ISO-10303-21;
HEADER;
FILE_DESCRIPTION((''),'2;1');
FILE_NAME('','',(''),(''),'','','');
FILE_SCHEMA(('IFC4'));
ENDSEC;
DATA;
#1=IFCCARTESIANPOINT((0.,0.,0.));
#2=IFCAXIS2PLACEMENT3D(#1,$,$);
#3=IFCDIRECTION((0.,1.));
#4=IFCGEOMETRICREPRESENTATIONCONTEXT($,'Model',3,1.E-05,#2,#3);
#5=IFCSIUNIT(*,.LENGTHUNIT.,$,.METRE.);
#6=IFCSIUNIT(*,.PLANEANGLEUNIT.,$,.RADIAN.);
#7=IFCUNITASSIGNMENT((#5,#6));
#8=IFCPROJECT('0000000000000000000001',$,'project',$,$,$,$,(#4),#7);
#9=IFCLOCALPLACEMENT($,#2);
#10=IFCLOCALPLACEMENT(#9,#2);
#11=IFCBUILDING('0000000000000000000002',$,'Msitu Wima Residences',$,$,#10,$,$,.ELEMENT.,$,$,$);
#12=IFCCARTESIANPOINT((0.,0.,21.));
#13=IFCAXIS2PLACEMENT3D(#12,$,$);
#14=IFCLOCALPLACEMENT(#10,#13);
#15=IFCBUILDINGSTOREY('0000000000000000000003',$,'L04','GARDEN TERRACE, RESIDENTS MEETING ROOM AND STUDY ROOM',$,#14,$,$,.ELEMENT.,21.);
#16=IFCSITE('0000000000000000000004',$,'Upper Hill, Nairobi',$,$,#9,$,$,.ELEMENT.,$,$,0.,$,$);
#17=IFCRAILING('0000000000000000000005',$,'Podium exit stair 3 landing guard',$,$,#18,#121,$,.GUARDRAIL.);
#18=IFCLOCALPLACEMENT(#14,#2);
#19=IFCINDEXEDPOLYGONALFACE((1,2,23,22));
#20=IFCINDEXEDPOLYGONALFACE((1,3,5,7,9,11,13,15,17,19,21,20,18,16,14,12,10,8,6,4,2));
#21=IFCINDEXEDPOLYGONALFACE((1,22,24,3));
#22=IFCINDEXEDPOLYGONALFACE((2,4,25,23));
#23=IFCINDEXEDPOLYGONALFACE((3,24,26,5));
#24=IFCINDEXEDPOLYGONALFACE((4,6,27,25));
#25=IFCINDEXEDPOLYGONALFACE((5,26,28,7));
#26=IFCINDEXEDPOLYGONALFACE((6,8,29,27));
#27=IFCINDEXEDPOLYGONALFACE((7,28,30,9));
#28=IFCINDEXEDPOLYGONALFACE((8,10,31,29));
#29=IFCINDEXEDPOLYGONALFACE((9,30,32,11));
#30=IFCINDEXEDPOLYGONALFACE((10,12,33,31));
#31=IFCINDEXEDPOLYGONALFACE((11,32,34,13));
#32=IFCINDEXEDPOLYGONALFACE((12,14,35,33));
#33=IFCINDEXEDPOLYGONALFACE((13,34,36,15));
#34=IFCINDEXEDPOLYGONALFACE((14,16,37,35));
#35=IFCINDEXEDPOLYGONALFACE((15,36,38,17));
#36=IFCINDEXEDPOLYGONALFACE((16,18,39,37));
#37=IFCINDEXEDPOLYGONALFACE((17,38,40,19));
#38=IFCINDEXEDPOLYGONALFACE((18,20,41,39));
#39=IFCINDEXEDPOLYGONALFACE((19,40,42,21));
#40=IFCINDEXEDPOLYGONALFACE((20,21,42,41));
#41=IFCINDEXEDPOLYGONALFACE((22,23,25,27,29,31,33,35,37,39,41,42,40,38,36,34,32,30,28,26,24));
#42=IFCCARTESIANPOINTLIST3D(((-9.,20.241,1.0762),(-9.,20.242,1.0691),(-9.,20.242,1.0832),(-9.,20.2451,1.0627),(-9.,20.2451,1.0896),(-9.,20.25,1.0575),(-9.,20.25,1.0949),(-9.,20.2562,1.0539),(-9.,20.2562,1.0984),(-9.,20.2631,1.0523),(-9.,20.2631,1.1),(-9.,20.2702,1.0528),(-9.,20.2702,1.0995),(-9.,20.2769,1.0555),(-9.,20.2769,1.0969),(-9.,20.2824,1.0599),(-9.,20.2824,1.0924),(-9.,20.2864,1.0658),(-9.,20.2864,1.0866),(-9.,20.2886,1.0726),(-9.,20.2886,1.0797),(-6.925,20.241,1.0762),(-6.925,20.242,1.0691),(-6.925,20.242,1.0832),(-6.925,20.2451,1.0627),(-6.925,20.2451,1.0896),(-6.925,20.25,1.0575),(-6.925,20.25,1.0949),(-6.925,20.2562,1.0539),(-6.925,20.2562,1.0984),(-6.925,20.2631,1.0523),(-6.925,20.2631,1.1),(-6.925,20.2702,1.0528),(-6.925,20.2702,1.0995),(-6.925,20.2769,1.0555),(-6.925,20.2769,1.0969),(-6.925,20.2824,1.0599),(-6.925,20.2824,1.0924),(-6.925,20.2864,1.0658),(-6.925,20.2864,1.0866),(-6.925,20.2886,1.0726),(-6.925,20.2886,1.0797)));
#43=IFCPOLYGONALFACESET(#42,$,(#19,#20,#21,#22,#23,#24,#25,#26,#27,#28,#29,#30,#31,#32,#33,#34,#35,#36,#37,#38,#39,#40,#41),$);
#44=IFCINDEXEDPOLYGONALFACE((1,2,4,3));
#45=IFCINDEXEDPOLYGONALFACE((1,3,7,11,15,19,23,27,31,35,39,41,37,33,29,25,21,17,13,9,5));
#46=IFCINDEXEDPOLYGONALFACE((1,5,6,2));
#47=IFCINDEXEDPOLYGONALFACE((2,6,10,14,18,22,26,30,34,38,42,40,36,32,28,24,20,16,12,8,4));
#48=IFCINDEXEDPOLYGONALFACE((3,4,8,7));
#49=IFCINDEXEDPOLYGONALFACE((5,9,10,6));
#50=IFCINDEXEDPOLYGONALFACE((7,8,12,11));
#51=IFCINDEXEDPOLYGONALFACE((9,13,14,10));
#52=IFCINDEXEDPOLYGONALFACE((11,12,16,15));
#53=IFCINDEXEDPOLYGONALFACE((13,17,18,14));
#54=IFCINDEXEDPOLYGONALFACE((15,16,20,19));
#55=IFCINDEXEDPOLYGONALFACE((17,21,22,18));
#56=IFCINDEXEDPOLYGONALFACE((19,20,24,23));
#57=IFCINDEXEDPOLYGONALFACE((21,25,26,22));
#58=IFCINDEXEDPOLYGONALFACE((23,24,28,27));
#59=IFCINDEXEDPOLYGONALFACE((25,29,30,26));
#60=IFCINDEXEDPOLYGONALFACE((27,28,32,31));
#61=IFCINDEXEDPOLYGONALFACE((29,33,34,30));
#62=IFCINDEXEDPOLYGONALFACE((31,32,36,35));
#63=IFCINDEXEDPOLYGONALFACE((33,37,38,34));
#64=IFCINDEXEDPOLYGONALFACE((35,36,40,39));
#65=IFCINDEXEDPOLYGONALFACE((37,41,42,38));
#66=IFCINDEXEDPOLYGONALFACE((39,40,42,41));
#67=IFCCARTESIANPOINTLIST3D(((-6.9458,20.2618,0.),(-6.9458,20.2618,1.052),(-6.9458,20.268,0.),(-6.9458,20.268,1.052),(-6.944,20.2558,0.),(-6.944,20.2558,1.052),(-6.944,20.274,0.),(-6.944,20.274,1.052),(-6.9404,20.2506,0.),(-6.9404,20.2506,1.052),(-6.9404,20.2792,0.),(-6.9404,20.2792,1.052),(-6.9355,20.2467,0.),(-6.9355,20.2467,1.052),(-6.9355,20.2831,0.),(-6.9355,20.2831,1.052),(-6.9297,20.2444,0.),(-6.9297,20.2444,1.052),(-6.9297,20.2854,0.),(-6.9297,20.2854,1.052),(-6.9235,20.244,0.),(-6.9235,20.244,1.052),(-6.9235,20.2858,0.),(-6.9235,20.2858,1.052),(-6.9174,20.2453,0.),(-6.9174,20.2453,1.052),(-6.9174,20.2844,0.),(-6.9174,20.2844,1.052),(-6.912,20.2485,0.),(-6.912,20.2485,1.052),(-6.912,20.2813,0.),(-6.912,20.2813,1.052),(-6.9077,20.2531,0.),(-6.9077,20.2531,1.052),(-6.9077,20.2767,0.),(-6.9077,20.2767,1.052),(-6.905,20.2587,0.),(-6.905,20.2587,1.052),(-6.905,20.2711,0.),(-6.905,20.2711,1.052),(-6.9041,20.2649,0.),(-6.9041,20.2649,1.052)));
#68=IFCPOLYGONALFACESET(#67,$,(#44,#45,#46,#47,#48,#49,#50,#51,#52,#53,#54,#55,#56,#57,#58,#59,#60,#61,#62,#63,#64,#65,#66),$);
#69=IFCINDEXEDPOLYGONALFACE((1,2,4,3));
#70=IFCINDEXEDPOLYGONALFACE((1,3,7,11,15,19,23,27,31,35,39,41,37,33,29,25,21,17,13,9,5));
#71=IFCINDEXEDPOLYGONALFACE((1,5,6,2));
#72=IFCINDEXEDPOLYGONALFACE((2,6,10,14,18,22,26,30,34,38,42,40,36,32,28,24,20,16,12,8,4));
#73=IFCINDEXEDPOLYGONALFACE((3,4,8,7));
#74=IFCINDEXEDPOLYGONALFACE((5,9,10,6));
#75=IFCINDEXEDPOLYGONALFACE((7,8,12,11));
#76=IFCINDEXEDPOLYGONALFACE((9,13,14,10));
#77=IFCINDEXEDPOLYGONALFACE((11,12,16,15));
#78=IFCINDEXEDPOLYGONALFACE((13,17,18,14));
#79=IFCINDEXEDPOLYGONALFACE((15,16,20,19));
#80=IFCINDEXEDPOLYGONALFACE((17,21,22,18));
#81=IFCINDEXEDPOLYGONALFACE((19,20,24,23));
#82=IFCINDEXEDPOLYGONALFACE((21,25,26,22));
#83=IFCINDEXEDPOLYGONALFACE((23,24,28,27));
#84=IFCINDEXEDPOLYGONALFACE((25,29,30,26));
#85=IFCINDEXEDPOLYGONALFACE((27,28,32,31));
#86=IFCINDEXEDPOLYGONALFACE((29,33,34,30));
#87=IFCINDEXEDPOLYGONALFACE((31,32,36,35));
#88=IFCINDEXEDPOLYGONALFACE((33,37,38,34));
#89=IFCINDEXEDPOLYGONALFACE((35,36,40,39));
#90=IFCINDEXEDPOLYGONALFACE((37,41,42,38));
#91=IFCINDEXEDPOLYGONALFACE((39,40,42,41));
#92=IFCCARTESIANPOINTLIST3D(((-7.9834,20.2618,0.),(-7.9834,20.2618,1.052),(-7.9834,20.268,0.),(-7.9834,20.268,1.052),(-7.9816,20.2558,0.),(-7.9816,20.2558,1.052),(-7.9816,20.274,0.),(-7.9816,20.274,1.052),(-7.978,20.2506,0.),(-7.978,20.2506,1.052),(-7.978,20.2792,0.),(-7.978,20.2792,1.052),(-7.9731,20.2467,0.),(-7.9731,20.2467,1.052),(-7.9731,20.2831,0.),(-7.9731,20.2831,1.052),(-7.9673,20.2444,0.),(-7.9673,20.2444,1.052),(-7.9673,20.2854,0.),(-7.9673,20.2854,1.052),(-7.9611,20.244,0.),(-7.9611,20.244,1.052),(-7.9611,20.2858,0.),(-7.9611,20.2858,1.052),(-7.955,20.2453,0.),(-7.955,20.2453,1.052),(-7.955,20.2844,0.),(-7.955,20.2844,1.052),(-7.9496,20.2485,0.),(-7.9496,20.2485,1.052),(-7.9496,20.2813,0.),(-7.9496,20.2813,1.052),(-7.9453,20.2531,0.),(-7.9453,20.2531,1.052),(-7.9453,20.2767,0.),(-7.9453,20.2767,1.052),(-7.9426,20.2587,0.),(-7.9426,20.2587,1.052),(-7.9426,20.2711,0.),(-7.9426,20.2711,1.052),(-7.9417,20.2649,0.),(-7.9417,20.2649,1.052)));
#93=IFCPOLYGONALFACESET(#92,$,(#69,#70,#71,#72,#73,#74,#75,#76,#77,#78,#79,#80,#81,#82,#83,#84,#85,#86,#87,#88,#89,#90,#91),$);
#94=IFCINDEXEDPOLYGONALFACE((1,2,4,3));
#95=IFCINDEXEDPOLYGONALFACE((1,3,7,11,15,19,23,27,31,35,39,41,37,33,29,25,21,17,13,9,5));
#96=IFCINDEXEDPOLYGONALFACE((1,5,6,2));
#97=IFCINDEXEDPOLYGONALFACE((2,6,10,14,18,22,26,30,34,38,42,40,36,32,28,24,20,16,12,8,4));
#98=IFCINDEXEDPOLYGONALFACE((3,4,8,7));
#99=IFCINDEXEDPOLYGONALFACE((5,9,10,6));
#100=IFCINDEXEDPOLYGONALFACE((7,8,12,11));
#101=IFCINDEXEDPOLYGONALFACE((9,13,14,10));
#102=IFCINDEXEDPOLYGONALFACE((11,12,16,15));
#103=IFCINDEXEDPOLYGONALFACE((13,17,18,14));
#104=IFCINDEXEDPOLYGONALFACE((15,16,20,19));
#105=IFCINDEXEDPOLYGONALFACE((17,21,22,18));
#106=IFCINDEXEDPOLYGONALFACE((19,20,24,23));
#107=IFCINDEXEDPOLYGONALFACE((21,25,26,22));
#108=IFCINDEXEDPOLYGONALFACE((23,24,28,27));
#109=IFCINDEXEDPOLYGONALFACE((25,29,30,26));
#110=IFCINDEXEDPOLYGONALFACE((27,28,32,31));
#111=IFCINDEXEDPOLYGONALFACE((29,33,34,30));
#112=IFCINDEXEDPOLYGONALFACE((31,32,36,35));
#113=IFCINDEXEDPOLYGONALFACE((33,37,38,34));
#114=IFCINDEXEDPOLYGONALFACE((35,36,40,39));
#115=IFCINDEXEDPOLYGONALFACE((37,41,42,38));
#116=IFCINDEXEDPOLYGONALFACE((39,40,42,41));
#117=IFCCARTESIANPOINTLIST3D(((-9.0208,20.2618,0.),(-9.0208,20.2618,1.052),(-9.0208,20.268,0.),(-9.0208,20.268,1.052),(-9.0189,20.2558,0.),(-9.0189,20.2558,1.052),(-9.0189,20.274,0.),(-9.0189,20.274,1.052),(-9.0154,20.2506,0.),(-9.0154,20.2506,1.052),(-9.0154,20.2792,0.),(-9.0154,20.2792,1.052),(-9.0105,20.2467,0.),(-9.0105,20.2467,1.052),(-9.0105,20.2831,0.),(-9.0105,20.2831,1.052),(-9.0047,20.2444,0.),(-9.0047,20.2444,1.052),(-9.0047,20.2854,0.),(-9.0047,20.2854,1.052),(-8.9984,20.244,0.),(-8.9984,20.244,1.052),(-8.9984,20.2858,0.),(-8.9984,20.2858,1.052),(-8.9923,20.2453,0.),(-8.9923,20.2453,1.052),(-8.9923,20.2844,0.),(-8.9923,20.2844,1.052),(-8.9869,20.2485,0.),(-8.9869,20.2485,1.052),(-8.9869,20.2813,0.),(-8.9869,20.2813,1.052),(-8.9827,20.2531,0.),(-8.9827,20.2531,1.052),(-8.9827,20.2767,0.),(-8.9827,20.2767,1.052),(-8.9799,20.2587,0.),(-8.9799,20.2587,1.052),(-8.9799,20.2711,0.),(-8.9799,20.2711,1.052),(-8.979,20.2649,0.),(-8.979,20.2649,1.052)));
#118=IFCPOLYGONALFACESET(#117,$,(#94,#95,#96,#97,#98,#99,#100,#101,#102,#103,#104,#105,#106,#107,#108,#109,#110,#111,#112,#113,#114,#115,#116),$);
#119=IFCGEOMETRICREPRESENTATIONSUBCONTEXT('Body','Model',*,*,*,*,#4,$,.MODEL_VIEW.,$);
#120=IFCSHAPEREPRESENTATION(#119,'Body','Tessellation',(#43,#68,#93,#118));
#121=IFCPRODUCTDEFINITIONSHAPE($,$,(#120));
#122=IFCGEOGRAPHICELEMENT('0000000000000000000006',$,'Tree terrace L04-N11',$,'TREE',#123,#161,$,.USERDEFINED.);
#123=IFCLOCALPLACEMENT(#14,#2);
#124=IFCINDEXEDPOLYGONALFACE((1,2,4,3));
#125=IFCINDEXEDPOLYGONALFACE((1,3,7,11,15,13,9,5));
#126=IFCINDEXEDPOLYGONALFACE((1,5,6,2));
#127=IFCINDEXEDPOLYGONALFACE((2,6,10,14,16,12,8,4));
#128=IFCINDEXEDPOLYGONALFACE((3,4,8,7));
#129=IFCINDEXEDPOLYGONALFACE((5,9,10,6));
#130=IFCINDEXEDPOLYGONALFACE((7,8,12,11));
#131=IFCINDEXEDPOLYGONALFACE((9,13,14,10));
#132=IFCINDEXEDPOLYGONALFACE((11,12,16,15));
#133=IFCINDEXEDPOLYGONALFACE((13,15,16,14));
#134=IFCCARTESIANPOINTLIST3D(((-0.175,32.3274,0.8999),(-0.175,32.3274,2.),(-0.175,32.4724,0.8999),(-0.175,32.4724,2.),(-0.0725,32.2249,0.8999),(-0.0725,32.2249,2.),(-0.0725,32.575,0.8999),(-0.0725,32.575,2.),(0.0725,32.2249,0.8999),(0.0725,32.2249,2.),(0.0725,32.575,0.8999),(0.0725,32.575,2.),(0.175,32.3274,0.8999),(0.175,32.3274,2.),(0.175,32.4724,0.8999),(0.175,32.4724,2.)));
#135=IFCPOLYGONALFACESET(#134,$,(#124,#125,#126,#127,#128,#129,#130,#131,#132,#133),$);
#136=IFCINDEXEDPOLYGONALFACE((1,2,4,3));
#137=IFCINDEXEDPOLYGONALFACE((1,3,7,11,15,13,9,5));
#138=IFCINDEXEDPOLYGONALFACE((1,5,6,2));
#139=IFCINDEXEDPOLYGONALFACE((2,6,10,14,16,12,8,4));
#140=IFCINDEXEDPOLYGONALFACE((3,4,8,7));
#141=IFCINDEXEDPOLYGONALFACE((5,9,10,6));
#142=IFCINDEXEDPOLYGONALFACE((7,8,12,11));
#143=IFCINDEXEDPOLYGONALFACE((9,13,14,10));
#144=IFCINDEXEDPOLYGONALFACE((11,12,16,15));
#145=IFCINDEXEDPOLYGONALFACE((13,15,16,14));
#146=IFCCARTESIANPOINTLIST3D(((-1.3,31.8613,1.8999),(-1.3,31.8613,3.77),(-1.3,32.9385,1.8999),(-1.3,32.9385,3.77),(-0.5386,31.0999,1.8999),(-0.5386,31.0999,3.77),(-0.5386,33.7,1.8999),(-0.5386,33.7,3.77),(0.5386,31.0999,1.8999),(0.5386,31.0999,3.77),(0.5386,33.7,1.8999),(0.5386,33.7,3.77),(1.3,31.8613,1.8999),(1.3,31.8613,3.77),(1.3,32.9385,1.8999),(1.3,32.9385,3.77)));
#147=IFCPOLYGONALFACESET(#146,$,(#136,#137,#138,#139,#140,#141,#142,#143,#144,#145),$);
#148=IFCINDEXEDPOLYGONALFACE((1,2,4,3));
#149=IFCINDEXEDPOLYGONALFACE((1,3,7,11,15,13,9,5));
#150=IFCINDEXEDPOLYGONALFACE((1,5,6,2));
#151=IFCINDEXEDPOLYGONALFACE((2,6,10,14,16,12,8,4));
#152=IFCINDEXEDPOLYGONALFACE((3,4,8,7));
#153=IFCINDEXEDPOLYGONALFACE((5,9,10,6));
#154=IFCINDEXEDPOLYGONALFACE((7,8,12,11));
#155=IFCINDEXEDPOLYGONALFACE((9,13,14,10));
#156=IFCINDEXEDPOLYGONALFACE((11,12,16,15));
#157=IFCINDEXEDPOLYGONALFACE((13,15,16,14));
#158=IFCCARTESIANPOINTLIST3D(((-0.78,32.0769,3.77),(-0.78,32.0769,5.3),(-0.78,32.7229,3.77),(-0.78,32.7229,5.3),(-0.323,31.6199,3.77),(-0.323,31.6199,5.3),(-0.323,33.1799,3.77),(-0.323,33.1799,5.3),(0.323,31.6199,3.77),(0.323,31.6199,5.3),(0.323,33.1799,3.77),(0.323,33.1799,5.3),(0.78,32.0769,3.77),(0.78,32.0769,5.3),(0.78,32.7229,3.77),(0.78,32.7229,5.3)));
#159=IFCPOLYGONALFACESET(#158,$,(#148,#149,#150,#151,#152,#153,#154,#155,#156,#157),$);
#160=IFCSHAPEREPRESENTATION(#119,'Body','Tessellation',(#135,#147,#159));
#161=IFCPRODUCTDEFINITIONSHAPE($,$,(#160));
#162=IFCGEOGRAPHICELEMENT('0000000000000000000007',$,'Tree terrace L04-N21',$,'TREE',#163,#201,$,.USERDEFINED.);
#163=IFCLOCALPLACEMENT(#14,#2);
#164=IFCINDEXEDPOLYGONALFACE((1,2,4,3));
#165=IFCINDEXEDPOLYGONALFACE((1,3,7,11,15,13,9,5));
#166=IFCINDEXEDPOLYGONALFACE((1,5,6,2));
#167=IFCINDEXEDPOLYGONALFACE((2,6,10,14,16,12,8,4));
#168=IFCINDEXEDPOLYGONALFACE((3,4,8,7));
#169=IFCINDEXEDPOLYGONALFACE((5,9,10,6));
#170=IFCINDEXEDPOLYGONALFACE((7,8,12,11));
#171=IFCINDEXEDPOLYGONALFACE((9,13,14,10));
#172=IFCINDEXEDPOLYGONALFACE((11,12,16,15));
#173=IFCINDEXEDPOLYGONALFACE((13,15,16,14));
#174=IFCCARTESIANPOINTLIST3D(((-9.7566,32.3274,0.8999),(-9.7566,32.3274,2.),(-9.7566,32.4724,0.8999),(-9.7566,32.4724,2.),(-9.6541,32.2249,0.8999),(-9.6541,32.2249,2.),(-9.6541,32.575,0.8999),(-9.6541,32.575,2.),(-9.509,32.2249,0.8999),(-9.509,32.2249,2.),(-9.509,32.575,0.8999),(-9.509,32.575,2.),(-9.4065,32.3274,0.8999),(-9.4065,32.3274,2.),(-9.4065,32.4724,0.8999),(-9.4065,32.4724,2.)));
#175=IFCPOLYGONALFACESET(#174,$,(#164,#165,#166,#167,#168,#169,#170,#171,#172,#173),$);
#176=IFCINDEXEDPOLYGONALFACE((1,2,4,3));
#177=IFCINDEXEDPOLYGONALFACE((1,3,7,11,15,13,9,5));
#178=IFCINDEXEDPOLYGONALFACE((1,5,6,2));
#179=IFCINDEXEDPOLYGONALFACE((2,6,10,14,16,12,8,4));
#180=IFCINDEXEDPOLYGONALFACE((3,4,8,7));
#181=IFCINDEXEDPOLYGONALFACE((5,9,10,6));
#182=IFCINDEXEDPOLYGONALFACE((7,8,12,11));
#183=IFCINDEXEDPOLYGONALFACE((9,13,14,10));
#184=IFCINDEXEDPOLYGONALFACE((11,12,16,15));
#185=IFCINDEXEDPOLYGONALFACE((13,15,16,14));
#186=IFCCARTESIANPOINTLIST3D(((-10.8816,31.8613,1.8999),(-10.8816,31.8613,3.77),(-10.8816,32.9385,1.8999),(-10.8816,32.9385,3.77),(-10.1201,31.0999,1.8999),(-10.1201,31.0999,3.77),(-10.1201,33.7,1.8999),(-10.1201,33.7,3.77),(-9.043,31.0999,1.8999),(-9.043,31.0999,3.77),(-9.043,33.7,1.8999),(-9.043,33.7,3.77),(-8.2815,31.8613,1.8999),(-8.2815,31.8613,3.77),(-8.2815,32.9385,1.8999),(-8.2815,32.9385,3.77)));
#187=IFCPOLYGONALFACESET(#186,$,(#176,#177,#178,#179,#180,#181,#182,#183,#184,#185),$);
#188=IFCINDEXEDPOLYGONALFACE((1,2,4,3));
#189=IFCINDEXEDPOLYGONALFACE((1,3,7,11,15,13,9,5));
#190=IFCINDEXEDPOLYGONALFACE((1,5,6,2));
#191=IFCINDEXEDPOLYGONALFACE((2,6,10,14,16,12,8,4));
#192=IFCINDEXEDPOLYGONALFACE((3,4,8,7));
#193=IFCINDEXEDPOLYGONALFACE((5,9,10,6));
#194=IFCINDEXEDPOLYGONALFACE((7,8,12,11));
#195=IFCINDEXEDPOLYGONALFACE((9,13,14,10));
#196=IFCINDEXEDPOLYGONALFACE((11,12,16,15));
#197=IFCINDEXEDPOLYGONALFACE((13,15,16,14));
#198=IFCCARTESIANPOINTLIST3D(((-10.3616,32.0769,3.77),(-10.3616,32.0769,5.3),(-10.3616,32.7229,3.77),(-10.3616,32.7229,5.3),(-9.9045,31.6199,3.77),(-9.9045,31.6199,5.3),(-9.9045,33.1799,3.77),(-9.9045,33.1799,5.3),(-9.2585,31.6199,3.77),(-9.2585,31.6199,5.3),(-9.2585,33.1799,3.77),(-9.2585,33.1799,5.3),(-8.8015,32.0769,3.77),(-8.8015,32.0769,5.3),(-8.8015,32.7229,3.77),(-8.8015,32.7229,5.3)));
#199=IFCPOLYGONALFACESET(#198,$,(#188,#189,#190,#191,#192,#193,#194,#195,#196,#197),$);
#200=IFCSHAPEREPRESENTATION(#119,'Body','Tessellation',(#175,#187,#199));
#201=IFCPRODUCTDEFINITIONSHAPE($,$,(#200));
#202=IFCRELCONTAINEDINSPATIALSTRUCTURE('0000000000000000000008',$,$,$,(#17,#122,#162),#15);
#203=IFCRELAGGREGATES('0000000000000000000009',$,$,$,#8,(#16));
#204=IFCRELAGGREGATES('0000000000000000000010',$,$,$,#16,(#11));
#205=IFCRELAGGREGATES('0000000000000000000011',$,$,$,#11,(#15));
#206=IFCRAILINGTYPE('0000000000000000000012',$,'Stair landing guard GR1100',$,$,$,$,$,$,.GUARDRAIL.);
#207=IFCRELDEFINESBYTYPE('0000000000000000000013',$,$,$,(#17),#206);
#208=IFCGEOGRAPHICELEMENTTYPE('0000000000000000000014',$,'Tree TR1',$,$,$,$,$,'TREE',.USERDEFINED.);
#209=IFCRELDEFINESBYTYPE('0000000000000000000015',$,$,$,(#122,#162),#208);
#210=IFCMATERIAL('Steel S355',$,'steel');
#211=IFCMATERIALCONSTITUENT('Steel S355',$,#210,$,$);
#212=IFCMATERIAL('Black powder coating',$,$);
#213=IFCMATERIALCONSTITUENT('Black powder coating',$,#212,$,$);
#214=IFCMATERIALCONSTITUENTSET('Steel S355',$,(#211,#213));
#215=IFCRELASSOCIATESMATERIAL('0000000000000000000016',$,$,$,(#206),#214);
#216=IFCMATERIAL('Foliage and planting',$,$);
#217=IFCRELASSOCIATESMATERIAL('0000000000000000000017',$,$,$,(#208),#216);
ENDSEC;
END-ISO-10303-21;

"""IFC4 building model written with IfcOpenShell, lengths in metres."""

from ifc_helpers import new_model, si_unit, direction, frame, origin, origin_2d, place, context, subcontext, project, spatial, polyline, circle, outline, extrude, material, constituent, constituent_set, type_object, element, save


model = new_model("IFC4")

# Units and contexts
model_context = context("Model", 3, precision=1e-05, world=origin(), true_north=direction((0.0, 1.0)))
body_context = subcontext(model_context, "Body", "Model", "MODEL_VIEW")
ifc_project = project(units=[si_unit("LENGTHUNIT", "METRE"), si_unit("PLANEANGLEUNIT", "RADIAN")], contexts=[model_context])

# Site, building, storey
site_placement = place(None, origin())
site = spatial("IfcSite", under=ifc_project, at=site_placement, Name="Upper Hill, Nairobi", CompositionType="ELEMENT", RefElevation=0.0)
building_placement = place(site_placement, origin())
building = spatial("IfcBuilding", under=site, at=building_placement, Name="Msitu Wima Residences", CompositionType="ELEMENT")
storey_placement = place(building_placement, frame((0.0, 0.0, 21.0)))
storey = spatial("IfcBuildingStorey", under=building, at=storey_placement, Name="L04", Description="GARDEN TERRACE, RESIDENTS MEETING ROOM AND STUDY ROOM", CompositionType="ELEMENT", Elevation=21.0)

# Railing
ifc_material_1 = material(Name="Steel S355", Category="steel")
ifc_constituent_1 = constituent(ifc_material_1, Name="Steel S355")
ifc_material_2 = material(Name="Black powder coating")
ifc_constituent_2 = constituent(ifc_material_2, Name="Black powder coating")
ifc_constituent_set = constituent_set(constituents=[ifc_constituent_1, ifc_constituent_2], Name="Steel S355")
railing_type = type_object("IfcRailingType", Name="Stair landing guard GR1100", PredefinedType="GUARDRAIL", material=ifc_constituent_set)
railing_placement = place(storey_placement, frame((-6.925, 20.2649, 0.0)))
element("IfcRailing", 1, at=railing_placement, inside=storey, type_object=railing_type, Name="Podium exit stair 3 landing guard", PredefinedType="GUARDRAIL", context=body_context, shape_type="SweptSolid", body=[
    extrude(circle(Radius=0.0239, at=origin_2d()), frame((0.0, 0.0, 1.0762), z_axis=(-1.0, 0.0, 0.0), x_axis=(0.0, -1.0, 0.0)), (0.0, 0.0, 1.0), 2.075),
    extrude(circle(Radius=0.021, at=origin_2d()), origin(), (0.0, 0.0, 1.0), 1.052),
    extrude(circle(Radius=0.021, at=origin_2d()), frame((-1.0376, 0.0, 0.0)), (0.0, 0.0, 1.0), 1.052),
    extrude(circle(Radius=0.021, at=origin_2d()), frame((-2.075, 0.0, 0.0)), (0.0, 0.0, 1.0), 1.052),
])

# Geographic elements
ifc_material_3 = material(Name="Foliage and planting")
geographic_element_type = type_object("IfcGeographicElementType", Name="Tree TR1", ElementType="TREE", PredefinedType="USERDEFINED", material=ifc_material_3)
for number, where, z_axis, x_axis, name in (
    (2, (0.0, 32.3999, 0.8999), (0.0, 0.0, 1.0), (1.0, 0.0, 0.0), "Tree terrace L04-N11"),
    (3, (-9.5815, 32.3999, 0.8999), (0.0, 0.0, 1.0), (1.0, 0.0, 0.0), "Tree terrace L04-N21"),
):
    element("IfcGeographicElement", number, at=place(storey_placement, frame(where, z_axis=z_axis, x_axis=x_axis)), inside=storey, type_object=geographic_element_type, Name=name, ObjectType="TREE", PredefinedType="USERDEFINED", context=body_context, shape_type="SweptSolid", body=[
        extrude(outline(polyline([(0.175, 0.0725), (0.0725, 0.175), (-0.0725, 0.175), (-0.175, 0.0725), (-0.175, -0.0725), (-0.0725, -0.175), (0.0725, -0.175), (0.175, -0.0725), (0.175, 0.0725)])), origin(), (0.0, 0.0, 1.0), 1.1001),
        extrude(outline(polyline([(1.3, 0.5386), (0.5386, 1.3), (-0.5386, 1.3), (-1.3, 0.5386), (-1.3, -0.5386), (-0.5386, -1.3), (0.5386, -1.3), (1.3, -0.5386), (1.3, 0.5386)])), frame((0.0, 0.0, 1.0)), (0.0, 0.0, 1.0), 1.8701),
        extrude(outline(polyline([(0.78, 0.323), (0.323, 0.78), (-0.323, 0.78), (-0.78, 0.323), (-0.78, -0.323), (-0.323, -0.78), (0.323, -0.78), (0.78, -0.323), (0.78, 0.323)])), frame((0.0, 0.0, 2.8701)), (0.0, 0.0, 1.0), 1.53),
    ])

save(model, "model.ifc")
